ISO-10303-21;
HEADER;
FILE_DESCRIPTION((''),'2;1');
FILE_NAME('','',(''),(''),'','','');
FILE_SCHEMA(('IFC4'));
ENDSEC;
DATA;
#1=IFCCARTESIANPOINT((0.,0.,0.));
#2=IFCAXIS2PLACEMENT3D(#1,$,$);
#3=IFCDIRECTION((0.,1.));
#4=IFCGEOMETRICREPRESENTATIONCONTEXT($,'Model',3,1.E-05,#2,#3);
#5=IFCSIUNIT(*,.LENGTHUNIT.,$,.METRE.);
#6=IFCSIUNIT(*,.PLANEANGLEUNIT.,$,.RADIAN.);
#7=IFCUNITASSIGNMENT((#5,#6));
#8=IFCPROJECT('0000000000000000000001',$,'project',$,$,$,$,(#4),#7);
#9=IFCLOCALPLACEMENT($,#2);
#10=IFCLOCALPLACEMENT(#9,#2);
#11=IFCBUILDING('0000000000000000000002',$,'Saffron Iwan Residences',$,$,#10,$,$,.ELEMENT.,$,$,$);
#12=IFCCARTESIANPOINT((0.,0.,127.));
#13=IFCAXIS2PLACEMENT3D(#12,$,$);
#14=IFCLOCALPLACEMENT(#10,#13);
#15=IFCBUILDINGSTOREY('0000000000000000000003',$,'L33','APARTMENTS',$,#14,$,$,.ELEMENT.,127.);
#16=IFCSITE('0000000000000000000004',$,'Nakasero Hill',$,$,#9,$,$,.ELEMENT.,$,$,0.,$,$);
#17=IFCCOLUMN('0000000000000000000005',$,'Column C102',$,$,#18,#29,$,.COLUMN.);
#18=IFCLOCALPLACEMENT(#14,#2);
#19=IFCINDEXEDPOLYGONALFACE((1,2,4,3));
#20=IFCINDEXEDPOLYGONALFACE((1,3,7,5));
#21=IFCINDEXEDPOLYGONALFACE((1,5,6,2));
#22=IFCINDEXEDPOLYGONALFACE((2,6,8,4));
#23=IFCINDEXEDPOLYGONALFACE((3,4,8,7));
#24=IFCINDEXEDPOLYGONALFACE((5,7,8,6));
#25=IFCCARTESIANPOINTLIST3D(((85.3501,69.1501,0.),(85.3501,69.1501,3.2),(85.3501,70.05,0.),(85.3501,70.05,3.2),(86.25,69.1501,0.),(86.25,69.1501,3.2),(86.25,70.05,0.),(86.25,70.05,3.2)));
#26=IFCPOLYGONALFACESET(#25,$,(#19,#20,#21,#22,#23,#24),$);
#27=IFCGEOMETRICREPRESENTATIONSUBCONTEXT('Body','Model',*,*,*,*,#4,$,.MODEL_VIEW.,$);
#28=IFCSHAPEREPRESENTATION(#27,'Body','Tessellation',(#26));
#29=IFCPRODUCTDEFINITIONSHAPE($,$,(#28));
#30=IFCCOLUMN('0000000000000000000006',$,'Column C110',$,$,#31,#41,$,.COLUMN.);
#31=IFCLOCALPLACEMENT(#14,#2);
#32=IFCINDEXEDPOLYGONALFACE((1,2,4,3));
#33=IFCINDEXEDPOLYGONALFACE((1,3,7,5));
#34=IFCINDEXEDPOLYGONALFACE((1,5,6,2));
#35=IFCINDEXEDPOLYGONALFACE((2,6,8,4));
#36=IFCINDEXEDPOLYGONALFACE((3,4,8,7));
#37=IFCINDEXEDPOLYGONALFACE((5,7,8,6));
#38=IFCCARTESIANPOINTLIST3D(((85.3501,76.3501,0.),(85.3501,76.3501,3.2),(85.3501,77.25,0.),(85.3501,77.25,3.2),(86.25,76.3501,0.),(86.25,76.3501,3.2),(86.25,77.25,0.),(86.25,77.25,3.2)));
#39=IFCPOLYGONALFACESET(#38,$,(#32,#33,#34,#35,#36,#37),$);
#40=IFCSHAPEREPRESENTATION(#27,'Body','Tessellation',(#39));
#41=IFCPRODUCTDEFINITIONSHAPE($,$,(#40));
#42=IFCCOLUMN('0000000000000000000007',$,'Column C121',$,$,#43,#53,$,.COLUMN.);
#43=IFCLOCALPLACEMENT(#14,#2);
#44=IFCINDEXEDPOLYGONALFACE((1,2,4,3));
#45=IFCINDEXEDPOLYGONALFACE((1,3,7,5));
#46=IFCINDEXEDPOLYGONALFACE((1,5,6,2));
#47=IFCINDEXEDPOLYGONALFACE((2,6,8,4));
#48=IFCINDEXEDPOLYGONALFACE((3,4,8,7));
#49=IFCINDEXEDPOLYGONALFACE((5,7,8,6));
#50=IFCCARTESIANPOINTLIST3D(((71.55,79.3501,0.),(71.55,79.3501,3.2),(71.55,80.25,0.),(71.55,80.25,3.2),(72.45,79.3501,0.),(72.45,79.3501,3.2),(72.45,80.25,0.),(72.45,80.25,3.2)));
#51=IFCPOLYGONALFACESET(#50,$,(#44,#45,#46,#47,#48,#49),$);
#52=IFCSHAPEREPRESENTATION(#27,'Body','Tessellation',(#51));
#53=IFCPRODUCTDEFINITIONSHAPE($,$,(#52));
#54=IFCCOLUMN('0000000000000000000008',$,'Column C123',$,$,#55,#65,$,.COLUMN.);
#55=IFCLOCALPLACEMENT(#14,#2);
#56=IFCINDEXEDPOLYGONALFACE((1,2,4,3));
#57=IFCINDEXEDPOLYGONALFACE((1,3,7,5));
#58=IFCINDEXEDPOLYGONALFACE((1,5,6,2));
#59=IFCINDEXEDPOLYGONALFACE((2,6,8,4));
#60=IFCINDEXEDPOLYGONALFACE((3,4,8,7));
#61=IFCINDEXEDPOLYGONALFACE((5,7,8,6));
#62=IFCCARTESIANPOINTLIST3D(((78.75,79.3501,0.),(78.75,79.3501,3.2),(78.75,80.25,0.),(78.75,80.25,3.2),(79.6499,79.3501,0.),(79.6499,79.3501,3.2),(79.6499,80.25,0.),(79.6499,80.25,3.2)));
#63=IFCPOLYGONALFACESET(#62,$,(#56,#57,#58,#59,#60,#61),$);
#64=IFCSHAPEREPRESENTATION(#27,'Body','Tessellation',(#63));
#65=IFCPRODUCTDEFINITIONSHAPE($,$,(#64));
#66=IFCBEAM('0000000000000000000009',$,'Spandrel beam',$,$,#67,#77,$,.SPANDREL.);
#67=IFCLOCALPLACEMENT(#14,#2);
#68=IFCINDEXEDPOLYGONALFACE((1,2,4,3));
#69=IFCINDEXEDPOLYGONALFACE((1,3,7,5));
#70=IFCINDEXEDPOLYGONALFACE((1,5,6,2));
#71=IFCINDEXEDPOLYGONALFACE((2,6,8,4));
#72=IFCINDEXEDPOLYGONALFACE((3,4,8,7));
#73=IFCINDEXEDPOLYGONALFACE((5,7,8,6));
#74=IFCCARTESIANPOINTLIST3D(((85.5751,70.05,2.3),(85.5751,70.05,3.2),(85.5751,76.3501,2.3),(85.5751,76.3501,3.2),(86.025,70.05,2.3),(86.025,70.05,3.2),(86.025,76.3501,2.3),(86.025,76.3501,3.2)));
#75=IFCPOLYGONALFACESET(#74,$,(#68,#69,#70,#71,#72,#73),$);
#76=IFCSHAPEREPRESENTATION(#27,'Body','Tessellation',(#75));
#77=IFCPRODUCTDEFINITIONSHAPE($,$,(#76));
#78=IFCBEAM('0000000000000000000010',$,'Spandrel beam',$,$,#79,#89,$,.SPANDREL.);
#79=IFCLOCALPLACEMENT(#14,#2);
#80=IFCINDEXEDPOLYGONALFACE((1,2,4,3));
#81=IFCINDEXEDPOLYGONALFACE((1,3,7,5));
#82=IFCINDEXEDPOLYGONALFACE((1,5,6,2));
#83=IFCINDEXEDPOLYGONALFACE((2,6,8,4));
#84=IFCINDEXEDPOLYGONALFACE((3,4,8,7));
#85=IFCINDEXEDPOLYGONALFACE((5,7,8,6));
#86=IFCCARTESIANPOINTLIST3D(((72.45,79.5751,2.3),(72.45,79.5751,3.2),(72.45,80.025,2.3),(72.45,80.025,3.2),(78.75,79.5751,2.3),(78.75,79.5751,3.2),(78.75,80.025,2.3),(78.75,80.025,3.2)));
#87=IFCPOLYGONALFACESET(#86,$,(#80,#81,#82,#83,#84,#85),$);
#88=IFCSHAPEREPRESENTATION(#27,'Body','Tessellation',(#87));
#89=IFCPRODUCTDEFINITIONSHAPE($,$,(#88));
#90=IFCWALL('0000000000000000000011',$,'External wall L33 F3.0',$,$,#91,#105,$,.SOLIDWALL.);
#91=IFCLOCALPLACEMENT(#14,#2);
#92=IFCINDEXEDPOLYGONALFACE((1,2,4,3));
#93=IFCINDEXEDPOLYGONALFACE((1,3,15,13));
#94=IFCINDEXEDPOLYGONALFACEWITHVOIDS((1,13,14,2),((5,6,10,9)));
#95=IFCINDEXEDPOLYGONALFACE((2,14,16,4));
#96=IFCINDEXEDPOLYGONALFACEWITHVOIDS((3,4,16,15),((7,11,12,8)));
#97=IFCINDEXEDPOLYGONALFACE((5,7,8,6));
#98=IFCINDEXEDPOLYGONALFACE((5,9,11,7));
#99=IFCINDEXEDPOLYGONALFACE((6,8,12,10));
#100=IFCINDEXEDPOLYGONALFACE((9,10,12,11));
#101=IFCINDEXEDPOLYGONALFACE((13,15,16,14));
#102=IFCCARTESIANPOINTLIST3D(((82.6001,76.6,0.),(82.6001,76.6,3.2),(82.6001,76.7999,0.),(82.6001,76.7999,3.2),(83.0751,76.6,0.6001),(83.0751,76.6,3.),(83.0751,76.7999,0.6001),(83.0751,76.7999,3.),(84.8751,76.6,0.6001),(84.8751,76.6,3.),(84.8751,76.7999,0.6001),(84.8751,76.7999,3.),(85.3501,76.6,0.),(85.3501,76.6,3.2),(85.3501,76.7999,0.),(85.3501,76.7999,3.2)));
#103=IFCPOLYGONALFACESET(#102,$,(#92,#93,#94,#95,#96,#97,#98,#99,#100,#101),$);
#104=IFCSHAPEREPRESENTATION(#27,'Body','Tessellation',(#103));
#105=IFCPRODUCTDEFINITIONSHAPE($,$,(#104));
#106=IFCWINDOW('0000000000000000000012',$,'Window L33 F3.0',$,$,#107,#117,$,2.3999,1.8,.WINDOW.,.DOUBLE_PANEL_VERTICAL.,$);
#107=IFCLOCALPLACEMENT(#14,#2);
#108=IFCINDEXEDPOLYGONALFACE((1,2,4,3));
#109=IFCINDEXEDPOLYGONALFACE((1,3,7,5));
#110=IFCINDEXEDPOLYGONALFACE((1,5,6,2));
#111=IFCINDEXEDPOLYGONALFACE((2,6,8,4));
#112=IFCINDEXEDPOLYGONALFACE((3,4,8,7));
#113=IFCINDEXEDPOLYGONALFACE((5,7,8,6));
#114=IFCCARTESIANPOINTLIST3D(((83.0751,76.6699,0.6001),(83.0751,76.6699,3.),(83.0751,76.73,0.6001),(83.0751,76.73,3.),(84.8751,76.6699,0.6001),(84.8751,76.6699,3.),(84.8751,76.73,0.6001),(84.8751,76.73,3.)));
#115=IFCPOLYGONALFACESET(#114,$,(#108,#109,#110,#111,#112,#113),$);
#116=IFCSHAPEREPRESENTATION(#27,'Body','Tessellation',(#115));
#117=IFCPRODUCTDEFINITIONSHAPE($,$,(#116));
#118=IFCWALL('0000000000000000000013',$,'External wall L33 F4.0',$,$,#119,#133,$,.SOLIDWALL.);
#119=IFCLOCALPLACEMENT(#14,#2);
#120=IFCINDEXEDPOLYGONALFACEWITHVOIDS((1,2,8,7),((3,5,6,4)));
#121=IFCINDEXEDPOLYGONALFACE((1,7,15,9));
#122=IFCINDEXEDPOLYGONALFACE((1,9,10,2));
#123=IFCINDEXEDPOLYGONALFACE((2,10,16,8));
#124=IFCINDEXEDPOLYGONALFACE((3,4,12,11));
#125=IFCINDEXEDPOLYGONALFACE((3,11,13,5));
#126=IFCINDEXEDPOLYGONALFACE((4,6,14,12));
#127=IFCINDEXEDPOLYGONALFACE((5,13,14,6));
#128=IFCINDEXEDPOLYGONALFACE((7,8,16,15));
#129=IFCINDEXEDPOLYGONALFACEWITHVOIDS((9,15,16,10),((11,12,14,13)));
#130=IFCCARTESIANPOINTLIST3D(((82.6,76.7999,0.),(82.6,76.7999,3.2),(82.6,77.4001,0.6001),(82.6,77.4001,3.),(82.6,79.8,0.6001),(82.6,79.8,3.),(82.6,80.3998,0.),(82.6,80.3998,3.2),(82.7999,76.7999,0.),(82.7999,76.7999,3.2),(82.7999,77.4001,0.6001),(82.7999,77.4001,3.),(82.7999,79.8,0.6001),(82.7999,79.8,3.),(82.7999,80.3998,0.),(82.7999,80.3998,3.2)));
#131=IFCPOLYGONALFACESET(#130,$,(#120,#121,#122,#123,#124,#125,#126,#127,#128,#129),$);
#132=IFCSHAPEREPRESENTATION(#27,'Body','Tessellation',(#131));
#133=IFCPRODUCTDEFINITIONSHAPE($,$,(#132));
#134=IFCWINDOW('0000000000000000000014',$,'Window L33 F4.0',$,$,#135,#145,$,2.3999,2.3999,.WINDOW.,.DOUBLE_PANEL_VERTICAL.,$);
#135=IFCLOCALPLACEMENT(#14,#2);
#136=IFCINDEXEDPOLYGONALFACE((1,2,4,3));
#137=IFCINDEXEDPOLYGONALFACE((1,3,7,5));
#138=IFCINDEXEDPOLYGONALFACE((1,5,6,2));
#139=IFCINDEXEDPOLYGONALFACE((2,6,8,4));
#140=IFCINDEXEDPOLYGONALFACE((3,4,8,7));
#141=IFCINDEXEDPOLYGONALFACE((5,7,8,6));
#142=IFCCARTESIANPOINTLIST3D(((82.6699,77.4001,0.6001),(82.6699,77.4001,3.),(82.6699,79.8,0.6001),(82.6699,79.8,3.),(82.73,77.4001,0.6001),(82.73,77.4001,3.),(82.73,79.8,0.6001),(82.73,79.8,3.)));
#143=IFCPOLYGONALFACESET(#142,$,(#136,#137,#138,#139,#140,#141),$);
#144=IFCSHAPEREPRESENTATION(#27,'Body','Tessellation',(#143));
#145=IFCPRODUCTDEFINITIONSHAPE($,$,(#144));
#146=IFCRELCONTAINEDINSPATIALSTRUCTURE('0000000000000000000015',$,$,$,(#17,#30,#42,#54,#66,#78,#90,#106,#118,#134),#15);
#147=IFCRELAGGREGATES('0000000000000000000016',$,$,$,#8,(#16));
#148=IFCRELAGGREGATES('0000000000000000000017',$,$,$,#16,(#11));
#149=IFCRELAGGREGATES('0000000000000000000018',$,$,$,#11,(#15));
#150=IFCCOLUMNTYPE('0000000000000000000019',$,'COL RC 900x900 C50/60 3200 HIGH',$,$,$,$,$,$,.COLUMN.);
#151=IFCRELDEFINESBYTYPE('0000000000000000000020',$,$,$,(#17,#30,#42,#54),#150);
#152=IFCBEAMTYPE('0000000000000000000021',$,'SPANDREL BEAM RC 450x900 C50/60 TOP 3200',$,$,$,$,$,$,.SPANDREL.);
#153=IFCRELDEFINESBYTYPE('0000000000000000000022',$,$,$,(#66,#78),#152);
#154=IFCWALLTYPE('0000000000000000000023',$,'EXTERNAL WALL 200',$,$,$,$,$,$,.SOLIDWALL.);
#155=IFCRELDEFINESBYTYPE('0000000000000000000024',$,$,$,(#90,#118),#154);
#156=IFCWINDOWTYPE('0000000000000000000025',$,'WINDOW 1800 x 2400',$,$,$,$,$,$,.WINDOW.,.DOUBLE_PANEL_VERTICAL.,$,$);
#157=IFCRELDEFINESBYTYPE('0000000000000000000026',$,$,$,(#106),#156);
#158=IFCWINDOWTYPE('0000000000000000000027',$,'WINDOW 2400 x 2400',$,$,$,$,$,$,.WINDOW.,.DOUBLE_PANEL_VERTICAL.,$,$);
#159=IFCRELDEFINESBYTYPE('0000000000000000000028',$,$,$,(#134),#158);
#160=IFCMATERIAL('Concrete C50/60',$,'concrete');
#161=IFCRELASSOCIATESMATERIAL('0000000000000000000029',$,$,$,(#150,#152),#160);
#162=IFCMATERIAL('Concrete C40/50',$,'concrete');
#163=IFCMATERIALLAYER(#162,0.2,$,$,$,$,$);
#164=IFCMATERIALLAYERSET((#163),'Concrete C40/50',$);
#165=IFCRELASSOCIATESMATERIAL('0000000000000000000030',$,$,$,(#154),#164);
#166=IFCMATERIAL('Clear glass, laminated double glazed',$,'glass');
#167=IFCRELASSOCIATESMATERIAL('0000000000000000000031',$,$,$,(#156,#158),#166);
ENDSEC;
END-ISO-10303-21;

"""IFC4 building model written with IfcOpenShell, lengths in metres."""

from ifc_helpers import new_model, si_unit, direction, frame, frame_2d, origin, origin_2d, place, context, subcontext, project, spatial, rectangle, extrude, source, transform, mapped, material, layer, layer_set, material_profile, profile_set, type_object, element, fill, save


model = new_model("IFC4")

# Units and contexts
model_context = context("Model", 3, precision=1e-05, world=origin(), true_north=direction((0.0, 1.0)))
body_context = subcontext(model_context, "Body", "Model", "MODEL_VIEW")
ifc_project = project(units=[si_unit("LENGTHUNIT", "METRE"), si_unit("PLANEANGLEUNIT", "RADIAN")], contexts=[model_context])

# Site, building, storey
site_placement = place(None, origin())
site = spatial("IfcSite", under=ifc_project, at=site_placement, Name="Nakasero Hill", CompositionType="ELEMENT", RefElevation=0.0)
building_placement = place(site_placement, origin())
building = spatial("IfcBuilding", under=site, at=building_placement, Name="Saffron Iwan Residences", CompositionType="ELEMENT")
storey_placement = place(building_placement, frame((0.0, 0.0, 127.0)))
storey = spatial("IfcBuildingStorey", under=building, at=storey_placement, Name="L33", Description="APARTMENTS", CompositionType="ELEMENT", Elevation=127.0)

# Columns
ifc_material_1 = material(Name="Concrete C50/60", Category="concrete")
ifc_material_profile_1 = material_profile(ifc_material_1, rectangle(XDim=0.8999, YDim=0.8999, at=origin_2d()), Name="RC 900x900")
ifc_profile_set_1 = profile_set([ifc_material_profile_1], Name="Concrete C50/60")
column_type = type_object("IfcColumnType", Name="COL RC 900x900 C50/60 3200 HIGH", PredefinedType="COLUMN", material=ifc_profile_set_1)
shared_shape_1 = source(origin(), body_context, "Body", "SweptSolid", [
    extrude(rectangle(XDim=0.8999, YDim=0.8999, at=origin_2d()), origin(), (0.0, 0.0, 1.0), 3.2),
])
for number, where, z_axis, x_axis, name in (
    (1, (85.8, 69.6001, 0.0), (0.0, 0.0, 1.0), (1.0, 0.0, 0.0), "Column C102"),
    (2, (85.8, 76.8, 0.0), (0.0, 0.0, 1.0), (1.0, 0.0, 0.0), "Column C110"),
    (3, (72.0, 79.8, 0.0), (0.0, 0.0, 1.0), (1.0, 0.0, 0.0), "Column C121"),
    (4, (79.2, 79.8, 0.0), (0.0, 0.0, 1.0), (1.0, 0.0, 0.0), "Column C123"),
):
    element("IfcColumn", number, at=place(storey_placement, frame(where, z_axis=z_axis, x_axis=x_axis)), inside=storey, type_object=column_type, Name=name, PredefinedType="COLUMN", context=body_context, shape_type="MappedRepresentation", body=[
        mapped(shared_shape_1, transform((0.0, 0.0, 0.0))),
    ])

# Beams
ifc_material_profile_2 = material_profile(ifc_material_1, rectangle(XDim=0.45, YDim=0.8999, at=origin_2d()), Name="RC 450x900")
ifc_profile_set_2 = profile_set([ifc_material_profile_2], Name="Concrete C50/60")
beam_type = type_object("IfcBeamType", Name="SPANDREL BEAM RC 450x900 C50/60 TOP 3200", PredefinedType="SPANDREL", material=ifc_profile_set_2)
shared_shape_2 = source(origin(), body_context, "Body", "SweptSolid", [
    extrude(rectangle(XDim=0.45, YDim=0.8999, at=origin_2d()), origin(), (0.0, 0.0, 1.0), 6.3),
])
for number, where, z_axis, x_axis, name in (
    (5, (85.8, 76.3501, 2.75), (0.0, -1.0, 0.0), (1.0, 0.0, 0.0), "Spandrel beam"),
    (6, (72.45, 79.8, 2.75), (1.0, 0.0, 0.0), (0.0, 1.0, 0.0), "Spandrel beam"),
):
    element("IfcBeam", number, at=place(storey_placement, frame(where, z_axis=z_axis, x_axis=x_axis)), inside=storey, type_object=beam_type, Name=name, PredefinedType="SPANDREL", context=body_context, shape_type="MappedRepresentation", body=[
        mapped(shared_shape_2, transform((0.0, 0.0, 0.0))),
    ])

# Walls, openings, windows
ifc_material_2 = material(Name="Concrete C40/50", Category="concrete")
ifc_layer_1 = layer(ifc_material_2, 0.2)
ifc_layer_set_1 = layer_set([ifc_layer_1], Name="Concrete C40/50")
wall_type_1 = type_object("IfcWallType", Name="EXTERNAL WALL 200", PredefinedType="SOLIDWALL", material=ifc_layer_set_1)
wall_1_placement = place(storey_placement, frame((85.3501, 76.7, 0.0), z_axis=(0.0, 0.0, 1.0), x_axis=(-1.0, 0.0, 0.0)))
wall_1 = element("IfcWall", 7, at=wall_1_placement, inside=storey, type_object=wall_type_1, Name="External wall L33 F3.0", PredefinedType="SOLIDWALL", context=body_context, shape_type="SweptSolid", body=[
    extrude(rectangle(XDim=2.75, YDim=0.2, at=frame_2d((1.375, 0.0))), origin(), (0.0, 0.0, 1.0), 3.2),
])
opening_1_placement = place(wall_1_placement, frame((0.4751, 0.0, 0.6001)))
opening_1 = element("IfcOpeningElement", 8, at=opening_1_placement, cuts=wall_1, PredefinedType="OPENING", context=body_context, shape_type="SweptSolid", body=[
    extrude(rectangle(XDim=1.8, YDim=2.3999, at=frame_2d((0.8999, 1.2))), frame((0.0, 0.1099, 0.0), z_axis=(0.0, -1.0, 0.0), x_axis=(1.0, 0.0, 0.0)), (0.0, 0.0, 1.0), 0.22),
])
ifc_material_3 = material(Name="Clear glass, laminated double glazed", Category="glass")
window_type_1 = type_object("IfcWindowType", Name="WINDOW 1800 x 2400", PartitioningType="DOUBLE_PANEL_VERTICAL", PredefinedType="WINDOW", material=ifc_material_3)
window_1_placement = place(opening_1_placement, origin())
window_1 = element("IfcWindow", 9, at=window_1_placement, inside=storey, type_object=window_type_1, Name="Window L33 F3.0", OverallHeight=2.3999, OverallWidth=1.8, PartitioningType="DOUBLE_PANEL_VERTICAL", PredefinedType="WINDOW", context=body_context, shape_type="SweptSolid", body=[
    extrude(rectangle(XDim=1.8, YDim=2.3999, at=frame_2d((0.8999, 1.2))), frame((0.0, 0.03, 0.0), z_axis=(0.0, -1.0, 0.0), x_axis=(1.0, 0.0, 0.0)), (0.0, 0.0, 1.0), 0.0601),
])
fill(opening_1, window_1)
wall_2_placement = place(storey_placement, frame((82.7, 76.8, 0.0), z_axis=(0.0, 0.0, 1.0), x_axis=(0.0, 1.0, 0.0)))
wall_2 = element("IfcWall", 10, at=wall_2_placement, inside=storey, type_object=wall_type_1, Name="External wall L33 F4.0", PredefinedType="SOLIDWALL", context=body_context, shape_type="SweptSolid", body=[
    extrude(rectangle(XDim=3.5999, YDim=0.2, at=frame_2d((1.7998, 0.0))), origin(), (0.0, 0.0, 1.0), 3.2),
])
opening_2_placement = place(wall_2_placement, frame((0.6001, 0.0, 0.6001)))
opening_2 = element("IfcOpeningElement", 11, at=opening_2_placement, cuts=wall_2, PredefinedType="OPENING", context=body_context, shape_type="SweptSolid", body=[
    extrude(rectangle(XDim=2.3999, YDim=2.3999, at=frame_2d((1.2, 1.2))), frame((0.0, 0.1099, 0.0), z_axis=(0.0, -1.0, 0.0), x_axis=(1.0, 0.0, 0.0)), (0.0, 0.0, 1.0), 0.22),
])
window_type_2 = type_object("IfcWindowType", Name="WINDOW 2400 x 2400", PartitioningType="DOUBLE_PANEL_VERTICAL", PredefinedType="WINDOW", material=ifc_material_3)
window_2_placement = place(opening_2_placement, origin())
window_2 = element("IfcWindow", 12, at=window_2_placement, inside=storey, type_object=window_type_2, Name="Window L33 F4.0", OverallHeight=2.3999, OverallWidth=2.3999, PartitioningType="DOUBLE_PANEL_VERTICAL", PredefinedType="WINDOW", context=body_context, shape_type="SweptSolid", body=[
    extrude(rectangle(XDim=2.3999, YDim=2.3999, at=frame_2d((1.2, 1.2))), frame((0.0, 0.03, 0.0), z_axis=(0.0, -1.0, 0.0), x_axis=(1.0, 0.0, 0.0)), (0.0, 0.0, 1.0), 0.0601),
])
fill(opening_2, window_2)

save(model, "model.ifc")
